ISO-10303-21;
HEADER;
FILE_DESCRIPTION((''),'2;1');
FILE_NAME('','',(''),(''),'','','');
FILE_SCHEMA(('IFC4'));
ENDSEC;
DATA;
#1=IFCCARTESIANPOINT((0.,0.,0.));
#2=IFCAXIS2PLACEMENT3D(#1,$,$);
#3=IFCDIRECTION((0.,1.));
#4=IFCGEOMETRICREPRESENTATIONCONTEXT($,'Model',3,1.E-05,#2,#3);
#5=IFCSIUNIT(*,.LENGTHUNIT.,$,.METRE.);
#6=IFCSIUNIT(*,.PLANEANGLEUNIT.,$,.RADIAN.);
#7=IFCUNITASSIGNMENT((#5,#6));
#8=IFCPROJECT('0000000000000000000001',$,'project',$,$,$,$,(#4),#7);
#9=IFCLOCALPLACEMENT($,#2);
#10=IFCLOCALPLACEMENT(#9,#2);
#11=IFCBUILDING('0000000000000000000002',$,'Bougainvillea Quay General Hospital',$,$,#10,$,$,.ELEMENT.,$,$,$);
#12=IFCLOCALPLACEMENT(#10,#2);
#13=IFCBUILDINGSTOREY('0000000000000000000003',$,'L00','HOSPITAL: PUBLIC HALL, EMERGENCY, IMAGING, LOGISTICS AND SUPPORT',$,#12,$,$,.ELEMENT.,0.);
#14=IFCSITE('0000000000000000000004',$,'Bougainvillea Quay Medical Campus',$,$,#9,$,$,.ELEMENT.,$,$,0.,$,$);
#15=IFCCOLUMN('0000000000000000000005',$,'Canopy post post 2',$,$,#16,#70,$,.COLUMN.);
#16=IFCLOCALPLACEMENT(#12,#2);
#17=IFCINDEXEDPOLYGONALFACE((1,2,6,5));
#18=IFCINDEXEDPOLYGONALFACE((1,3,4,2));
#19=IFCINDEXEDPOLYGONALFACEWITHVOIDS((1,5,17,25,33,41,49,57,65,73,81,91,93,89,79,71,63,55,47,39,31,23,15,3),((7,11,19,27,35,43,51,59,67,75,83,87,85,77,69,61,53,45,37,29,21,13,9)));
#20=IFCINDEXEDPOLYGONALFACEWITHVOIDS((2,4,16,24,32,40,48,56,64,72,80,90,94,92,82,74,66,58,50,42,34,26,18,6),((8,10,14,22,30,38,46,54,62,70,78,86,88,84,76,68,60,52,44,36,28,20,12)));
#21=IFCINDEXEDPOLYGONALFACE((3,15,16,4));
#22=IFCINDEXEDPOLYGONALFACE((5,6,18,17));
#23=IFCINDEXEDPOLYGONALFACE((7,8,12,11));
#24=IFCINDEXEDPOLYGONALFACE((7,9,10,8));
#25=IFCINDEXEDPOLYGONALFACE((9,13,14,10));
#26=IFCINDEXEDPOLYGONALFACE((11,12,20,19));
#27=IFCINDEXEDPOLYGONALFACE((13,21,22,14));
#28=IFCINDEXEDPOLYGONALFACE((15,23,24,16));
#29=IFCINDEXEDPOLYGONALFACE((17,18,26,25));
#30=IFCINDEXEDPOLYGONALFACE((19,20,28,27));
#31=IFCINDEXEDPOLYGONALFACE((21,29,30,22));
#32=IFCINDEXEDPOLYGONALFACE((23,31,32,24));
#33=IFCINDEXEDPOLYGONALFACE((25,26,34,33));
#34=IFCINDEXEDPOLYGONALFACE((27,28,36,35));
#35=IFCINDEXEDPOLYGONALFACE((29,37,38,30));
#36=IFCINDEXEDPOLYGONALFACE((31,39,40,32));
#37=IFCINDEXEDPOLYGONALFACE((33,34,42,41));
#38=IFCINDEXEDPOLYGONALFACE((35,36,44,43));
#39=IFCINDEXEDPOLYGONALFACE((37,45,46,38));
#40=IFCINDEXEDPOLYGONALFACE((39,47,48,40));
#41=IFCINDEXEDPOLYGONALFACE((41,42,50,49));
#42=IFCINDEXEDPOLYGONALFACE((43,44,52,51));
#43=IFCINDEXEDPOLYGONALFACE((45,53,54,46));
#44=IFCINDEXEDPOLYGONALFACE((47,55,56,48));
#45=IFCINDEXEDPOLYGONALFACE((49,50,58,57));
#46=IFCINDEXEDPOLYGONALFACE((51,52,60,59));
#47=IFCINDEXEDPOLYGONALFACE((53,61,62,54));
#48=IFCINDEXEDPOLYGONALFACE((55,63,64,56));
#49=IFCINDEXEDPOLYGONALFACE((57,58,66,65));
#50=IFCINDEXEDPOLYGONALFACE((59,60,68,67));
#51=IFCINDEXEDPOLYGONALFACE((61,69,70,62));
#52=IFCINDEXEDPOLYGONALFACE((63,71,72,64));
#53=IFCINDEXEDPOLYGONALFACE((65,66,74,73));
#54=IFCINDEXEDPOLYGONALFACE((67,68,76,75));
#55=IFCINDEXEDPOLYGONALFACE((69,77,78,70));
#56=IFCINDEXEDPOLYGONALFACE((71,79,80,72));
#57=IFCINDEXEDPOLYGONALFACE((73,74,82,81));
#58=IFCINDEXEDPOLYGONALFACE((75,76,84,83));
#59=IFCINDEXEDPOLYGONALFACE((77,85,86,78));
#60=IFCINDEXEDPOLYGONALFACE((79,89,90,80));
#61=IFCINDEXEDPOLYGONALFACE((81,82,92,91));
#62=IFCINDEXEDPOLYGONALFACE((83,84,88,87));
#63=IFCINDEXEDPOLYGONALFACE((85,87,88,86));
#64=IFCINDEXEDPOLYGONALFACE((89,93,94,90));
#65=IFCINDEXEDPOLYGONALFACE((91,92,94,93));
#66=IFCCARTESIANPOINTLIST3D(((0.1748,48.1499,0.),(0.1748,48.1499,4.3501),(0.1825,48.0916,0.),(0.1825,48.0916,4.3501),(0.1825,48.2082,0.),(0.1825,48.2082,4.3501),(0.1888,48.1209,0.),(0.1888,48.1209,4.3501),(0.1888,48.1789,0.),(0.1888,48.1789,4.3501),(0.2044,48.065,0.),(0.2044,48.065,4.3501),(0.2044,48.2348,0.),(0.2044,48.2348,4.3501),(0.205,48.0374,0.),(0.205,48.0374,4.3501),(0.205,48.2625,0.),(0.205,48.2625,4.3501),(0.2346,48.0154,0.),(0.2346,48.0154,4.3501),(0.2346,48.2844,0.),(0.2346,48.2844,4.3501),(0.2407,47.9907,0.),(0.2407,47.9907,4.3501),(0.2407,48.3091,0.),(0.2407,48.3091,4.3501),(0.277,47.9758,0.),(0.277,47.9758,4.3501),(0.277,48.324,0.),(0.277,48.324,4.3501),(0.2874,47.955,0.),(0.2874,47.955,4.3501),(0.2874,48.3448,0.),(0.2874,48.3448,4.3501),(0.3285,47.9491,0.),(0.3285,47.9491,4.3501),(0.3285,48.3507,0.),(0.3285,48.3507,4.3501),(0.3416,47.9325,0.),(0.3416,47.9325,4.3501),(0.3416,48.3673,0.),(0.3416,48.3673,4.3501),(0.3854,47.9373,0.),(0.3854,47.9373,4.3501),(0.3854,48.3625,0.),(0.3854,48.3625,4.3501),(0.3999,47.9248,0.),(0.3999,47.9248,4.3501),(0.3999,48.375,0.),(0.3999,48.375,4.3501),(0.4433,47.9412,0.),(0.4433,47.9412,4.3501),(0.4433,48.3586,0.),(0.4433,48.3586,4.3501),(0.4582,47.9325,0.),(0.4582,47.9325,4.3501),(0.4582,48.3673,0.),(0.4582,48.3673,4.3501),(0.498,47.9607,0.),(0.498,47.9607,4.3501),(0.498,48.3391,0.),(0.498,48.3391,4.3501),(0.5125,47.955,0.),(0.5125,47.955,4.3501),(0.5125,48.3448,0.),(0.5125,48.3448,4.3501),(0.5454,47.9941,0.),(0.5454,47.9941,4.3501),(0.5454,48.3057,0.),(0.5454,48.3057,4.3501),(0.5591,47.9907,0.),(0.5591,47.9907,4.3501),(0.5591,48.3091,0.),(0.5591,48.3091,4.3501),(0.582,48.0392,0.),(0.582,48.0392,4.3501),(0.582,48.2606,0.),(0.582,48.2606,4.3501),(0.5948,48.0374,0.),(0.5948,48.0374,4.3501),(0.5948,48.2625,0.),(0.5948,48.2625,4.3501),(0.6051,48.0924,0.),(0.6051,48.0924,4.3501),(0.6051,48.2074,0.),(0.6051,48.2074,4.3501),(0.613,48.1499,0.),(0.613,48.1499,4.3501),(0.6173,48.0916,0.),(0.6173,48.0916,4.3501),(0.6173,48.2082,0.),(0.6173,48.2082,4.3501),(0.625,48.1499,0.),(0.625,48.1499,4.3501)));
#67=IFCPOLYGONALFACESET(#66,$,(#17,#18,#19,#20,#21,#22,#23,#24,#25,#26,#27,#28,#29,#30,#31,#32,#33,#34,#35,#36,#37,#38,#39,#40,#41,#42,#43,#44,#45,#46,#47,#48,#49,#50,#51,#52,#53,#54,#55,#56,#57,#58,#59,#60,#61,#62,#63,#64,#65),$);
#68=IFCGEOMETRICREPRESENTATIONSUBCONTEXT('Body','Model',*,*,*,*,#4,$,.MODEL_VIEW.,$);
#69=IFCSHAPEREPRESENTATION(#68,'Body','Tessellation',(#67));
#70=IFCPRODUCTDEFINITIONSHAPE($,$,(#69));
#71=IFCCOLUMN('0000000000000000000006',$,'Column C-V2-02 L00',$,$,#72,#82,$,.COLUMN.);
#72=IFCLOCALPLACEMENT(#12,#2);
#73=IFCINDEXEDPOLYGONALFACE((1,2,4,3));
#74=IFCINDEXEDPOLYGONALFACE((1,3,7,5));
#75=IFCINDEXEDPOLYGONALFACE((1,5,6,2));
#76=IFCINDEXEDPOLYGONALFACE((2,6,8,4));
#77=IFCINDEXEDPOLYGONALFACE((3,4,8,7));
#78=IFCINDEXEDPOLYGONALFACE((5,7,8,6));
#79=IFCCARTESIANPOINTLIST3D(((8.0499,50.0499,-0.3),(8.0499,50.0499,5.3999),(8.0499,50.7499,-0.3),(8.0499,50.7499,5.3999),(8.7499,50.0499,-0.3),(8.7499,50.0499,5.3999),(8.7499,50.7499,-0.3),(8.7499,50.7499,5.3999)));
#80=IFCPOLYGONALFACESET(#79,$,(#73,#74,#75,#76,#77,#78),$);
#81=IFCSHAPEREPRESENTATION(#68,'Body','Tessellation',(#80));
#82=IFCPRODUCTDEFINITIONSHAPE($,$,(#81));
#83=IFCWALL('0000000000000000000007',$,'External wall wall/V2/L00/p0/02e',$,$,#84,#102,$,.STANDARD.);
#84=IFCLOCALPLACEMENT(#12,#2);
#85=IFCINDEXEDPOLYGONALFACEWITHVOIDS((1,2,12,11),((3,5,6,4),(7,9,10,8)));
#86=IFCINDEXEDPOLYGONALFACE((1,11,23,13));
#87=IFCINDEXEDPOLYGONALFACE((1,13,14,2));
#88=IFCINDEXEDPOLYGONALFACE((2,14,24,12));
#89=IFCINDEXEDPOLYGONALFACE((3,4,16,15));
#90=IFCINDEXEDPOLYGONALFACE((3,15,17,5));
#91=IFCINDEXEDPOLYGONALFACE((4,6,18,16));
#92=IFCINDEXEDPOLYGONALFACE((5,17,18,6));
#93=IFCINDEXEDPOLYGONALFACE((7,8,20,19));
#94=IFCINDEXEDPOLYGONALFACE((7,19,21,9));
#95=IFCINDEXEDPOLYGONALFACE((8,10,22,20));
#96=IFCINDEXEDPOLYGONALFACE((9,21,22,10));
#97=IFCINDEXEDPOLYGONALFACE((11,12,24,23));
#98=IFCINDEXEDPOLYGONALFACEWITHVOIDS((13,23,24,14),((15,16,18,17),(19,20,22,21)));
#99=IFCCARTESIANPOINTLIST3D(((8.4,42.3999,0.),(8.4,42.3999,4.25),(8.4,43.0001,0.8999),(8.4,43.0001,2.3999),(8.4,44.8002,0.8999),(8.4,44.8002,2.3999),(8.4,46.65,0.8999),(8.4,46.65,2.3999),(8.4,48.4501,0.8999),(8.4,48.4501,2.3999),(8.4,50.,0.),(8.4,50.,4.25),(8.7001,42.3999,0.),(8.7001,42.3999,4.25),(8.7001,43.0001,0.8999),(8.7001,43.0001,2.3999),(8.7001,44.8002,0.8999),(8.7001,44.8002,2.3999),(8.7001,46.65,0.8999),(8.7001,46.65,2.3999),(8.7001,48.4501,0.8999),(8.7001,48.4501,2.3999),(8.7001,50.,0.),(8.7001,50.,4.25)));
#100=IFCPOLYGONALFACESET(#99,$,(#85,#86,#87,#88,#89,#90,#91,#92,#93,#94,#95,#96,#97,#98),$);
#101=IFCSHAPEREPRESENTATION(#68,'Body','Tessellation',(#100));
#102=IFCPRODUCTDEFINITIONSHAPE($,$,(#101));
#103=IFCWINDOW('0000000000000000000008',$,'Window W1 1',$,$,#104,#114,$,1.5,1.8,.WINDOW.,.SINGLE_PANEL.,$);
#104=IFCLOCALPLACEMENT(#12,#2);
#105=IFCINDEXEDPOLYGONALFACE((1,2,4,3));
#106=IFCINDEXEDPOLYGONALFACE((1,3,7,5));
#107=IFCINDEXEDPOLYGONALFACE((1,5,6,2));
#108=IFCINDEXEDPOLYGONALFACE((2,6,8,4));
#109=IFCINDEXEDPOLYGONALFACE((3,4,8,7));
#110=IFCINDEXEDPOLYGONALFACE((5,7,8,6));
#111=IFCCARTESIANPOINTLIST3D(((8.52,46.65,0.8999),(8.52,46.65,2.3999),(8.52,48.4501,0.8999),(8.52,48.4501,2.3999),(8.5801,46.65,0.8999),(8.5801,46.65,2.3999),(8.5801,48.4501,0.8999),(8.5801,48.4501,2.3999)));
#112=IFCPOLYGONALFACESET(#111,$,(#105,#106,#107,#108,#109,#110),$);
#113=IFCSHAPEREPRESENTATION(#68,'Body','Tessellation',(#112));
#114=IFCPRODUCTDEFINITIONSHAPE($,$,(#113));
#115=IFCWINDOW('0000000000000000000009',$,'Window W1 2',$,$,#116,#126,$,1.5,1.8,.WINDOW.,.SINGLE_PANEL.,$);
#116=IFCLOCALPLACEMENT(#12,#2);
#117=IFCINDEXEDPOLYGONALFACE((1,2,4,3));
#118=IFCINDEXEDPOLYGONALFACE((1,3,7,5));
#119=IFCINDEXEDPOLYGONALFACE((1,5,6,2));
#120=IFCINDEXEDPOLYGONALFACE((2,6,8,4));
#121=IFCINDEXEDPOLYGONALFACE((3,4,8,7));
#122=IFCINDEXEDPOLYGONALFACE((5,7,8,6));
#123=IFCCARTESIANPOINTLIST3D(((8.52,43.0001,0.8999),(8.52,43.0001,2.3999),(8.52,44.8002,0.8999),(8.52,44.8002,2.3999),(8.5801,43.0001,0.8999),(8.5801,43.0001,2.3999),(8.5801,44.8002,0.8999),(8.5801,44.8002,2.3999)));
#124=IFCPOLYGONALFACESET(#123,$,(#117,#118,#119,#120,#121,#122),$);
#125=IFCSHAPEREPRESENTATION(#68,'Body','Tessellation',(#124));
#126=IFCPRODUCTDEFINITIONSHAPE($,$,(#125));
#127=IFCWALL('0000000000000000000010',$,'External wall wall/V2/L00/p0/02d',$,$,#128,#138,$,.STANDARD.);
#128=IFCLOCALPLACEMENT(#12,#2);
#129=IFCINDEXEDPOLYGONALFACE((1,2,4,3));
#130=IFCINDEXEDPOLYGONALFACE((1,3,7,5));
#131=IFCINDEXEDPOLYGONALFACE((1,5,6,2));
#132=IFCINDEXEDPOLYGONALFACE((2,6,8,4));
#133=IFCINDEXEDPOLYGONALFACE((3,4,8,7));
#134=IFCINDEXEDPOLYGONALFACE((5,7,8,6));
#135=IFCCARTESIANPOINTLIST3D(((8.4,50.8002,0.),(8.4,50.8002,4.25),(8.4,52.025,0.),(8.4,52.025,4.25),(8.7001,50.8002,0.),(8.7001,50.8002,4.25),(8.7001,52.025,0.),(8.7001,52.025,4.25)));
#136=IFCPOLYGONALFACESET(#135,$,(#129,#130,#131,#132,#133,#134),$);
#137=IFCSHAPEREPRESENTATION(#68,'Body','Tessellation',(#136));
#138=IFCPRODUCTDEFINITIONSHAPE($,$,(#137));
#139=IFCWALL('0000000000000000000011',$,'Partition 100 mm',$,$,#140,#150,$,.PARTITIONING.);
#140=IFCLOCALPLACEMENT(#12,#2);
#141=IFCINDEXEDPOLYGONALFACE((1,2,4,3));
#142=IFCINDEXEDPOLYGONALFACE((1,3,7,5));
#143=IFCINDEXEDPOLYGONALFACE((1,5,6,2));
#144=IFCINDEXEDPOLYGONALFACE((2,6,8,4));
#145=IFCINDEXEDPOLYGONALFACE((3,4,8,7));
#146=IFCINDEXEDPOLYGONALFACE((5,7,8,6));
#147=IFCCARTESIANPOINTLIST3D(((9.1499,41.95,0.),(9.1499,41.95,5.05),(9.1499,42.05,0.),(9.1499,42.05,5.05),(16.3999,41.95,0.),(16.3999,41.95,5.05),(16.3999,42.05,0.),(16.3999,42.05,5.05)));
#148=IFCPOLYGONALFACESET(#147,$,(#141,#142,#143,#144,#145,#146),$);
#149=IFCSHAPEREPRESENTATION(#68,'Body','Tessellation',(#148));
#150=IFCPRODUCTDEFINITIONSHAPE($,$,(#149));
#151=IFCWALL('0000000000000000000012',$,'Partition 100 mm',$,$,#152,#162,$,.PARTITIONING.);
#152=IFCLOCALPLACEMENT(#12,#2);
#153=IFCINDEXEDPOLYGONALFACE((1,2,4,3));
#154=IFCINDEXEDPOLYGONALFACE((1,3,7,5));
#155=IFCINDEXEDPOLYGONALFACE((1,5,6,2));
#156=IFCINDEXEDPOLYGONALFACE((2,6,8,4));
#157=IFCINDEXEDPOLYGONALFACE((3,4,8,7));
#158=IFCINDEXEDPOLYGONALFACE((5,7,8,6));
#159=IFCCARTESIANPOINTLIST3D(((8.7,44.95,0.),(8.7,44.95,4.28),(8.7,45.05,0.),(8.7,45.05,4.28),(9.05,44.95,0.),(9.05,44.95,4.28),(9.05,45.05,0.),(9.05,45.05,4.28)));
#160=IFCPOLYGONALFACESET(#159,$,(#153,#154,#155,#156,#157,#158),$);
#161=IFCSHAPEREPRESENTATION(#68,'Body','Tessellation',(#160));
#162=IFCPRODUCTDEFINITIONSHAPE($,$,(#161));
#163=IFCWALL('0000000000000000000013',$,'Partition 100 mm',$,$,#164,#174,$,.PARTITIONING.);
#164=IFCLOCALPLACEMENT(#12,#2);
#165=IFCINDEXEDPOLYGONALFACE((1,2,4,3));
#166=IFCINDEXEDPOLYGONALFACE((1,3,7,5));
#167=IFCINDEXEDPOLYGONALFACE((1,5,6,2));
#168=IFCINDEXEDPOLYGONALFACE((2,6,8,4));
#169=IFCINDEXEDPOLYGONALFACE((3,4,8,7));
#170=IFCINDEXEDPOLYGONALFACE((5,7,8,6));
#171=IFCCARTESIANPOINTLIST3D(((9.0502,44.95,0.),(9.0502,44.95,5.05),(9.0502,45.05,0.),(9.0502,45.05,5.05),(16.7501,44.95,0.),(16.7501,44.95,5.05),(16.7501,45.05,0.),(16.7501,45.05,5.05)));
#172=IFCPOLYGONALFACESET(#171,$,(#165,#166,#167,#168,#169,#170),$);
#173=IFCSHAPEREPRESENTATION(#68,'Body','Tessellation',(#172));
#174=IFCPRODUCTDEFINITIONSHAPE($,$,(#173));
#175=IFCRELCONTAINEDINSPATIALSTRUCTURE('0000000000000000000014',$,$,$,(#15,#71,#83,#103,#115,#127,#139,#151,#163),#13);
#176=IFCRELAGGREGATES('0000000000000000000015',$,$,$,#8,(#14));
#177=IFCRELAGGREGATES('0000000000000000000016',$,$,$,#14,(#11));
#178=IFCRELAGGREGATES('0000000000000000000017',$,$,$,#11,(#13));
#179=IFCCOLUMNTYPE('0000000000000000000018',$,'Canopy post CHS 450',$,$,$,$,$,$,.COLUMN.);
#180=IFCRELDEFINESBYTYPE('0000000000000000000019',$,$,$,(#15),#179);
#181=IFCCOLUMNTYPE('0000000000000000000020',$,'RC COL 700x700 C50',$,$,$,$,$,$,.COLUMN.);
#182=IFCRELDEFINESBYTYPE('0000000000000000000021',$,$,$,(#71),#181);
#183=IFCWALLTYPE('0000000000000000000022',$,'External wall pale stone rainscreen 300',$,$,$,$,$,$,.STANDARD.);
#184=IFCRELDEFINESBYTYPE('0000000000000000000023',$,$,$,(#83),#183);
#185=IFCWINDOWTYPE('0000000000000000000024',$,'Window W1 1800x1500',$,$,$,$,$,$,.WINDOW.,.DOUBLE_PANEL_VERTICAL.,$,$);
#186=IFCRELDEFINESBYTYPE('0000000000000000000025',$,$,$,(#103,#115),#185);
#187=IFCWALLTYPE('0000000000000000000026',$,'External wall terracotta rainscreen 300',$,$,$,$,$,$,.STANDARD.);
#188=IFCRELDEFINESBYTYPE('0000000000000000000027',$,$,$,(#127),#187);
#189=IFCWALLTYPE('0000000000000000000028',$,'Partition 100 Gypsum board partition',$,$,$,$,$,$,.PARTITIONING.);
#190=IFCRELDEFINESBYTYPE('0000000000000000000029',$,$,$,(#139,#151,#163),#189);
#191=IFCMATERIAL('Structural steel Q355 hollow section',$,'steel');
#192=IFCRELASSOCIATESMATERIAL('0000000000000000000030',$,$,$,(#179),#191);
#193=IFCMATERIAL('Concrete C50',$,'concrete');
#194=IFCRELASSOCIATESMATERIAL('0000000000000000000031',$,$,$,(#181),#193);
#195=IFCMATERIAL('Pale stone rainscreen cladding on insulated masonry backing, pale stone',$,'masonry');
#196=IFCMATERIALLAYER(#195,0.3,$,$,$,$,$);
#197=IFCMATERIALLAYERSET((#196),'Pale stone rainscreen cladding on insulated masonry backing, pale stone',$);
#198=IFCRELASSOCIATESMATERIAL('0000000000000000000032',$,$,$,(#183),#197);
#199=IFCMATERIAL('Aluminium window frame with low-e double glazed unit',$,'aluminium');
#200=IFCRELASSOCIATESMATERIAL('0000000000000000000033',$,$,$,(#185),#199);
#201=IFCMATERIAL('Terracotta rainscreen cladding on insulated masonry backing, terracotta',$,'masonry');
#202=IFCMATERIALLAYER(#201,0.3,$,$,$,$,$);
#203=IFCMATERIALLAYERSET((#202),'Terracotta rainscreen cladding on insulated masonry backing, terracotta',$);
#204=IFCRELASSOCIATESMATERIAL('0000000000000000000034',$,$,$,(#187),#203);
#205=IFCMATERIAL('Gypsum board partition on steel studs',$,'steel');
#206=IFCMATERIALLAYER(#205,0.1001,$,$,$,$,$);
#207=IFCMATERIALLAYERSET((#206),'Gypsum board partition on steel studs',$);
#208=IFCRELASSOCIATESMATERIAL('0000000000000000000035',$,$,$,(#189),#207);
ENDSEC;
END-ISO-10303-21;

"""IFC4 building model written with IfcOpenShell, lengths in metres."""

from ifc_helpers import new_model, si_unit, direction, frame, frame_2d, origin, origin_2d, place, context, subcontext, project, spatial, rectangle, hollow_circle, extrude, material, layer, layer_set, material_profile, profile_set, type_object, element, fill, save


model = new_model("IFC4")

# Units and contexts
model_context = context("Model", 3, precision=1e-05, world=origin(), true_north=direction((0.0, 1.0)))
body_context = subcontext(model_context, "Body", "Model", "MODEL_VIEW")
ifc_project = project(units=[si_unit("LENGTHUNIT", "METRE"), si_unit("PLANEANGLEUNIT", "RADIAN")], contexts=[model_context])

# Site, building, storey
site_placement = place(None, origin())
site = spatial("IfcSite", under=ifc_project, at=site_placement, Name="Bougainvillea Quay Medical Campus", CompositionType="ELEMENT", RefElevation=0.0)
building_placement = place(site_placement, origin())
building = spatial("IfcBuilding", under=site, at=building_placement, Name="Bougainvillea Quay General Hospital", CompositionType="ELEMENT")
storey_placement = place(building_placement, origin())
storey = spatial("IfcBuildingStorey", under=building, at=storey_placement, Name="L00", Description="HOSPITAL: PUBLIC HALL, EMERGENCY, IMAGING, LOGISTICS AND SUPPORT", CompositionType="ELEMENT", Elevation=0.0)

# Columns
ifc_material_1 = material(Name="Structural steel Q355 hollow section", Category="steel")
ifc_material_profile_1 = material_profile(ifc_material_1, hollow_circle(Radius=0.2251, WallThickness=0.012, at=origin_2d()))
ifc_profile_set_1 = profile_set([ifc_material_profile_1], Name="Structural steel Q355 hollow section")
column_type_1 = type_object("IfcColumnType", Name="Canopy post CHS 450", PredefinedType="COLUMN", material=ifc_profile_set_1)
column_1_placement = place(storey_placement, frame((0.3999, 48.1499, 0.0), z_axis=(0.0, 0.0, 1.0), x_axis=(1.0, 0.0, 0.0)))
element("IfcColumn", 1, at=column_1_placement, inside=storey, type_object=column_type_1, Name="Canopy post post 2", PredefinedType="COLUMN", context=body_context, shape_type="SweptSolid", body=[
    extrude(hollow_circle(Radius=0.2251, WallThickness=0.012, at=origin_2d()), origin(), (0.0, 0.0, 1.0), 4.3501),
])
ifc_material_2 = material(Name="Concrete C50", Category="concrete")
ifc_material_profile_2 = material_profile(ifc_material_2, rectangle(XDim=0.7, YDim=0.7, at=origin_2d()))
ifc_profile_set_2 = profile_set([ifc_material_profile_2], Name="Concrete C50")
column_type_2 = type_object("IfcColumnType", Name="RC COL 700x700 C50", PredefinedType="COLUMN", material=ifc_profile_set_2)
column_2_placement = place(storey_placement, frame((8.3999, 50.3999, -0.3), z_axis=(0.0, 0.0, 1.0), x_axis=(1.0, 0.0, 0.0)))
element("IfcColumn", 2, at=column_2_placement, inside=storey, type_object=column_type_2, Name="Column C-V2-02 L00", PredefinedType="COLUMN", context=body_context, shape_type="SweptSolid", body=[
    extrude(rectangle(XDim=0.7, YDim=0.7, at=origin_2d()), origin(), (0.0, 0.0, 1.0), 5.7),
])

# Wall, openings, windows
ifc_material_3 = material(Name="Pale stone rainscreen cladding on insulated masonry backing, pale stone", Category="masonry")
ifc_layer_1 = layer(ifc_material_3, 0.3)
ifc_layer_set_1 = layer_set([ifc_layer_1], Name="Pale stone rainscreen cladding on insulated masonry backing, pale stone")
wall_type_1 = type_object("IfcWallType", Name="External wall pale stone rainscreen 300", PredefinedType="STANDARD", material=ifc_layer_set_1)
wall_1_placement = place(storey_placement, frame((8.55, 50.0, 0.0), z_axis=(0.0, 0.0, 1.0), x_axis=(0.0, -1.0, 0.0)))
wall_1 = element("IfcWall", 3, at=wall_1_placement, inside=storey, type_object=wall_type_1, Name="External wall wall/V2/L00/p0/02e", PredefinedType="STANDARD", context=body_context, shape_type="SweptSolid", body=[
    extrude(rectangle(XDim=7.6001, YDim=0.3, at=frame_2d((3.8, 0.0))), origin(), (0.0, 0.0, 1.0), 4.25),
])
opening_1_placement = place(wall_1_placement, frame((1.55, 0.0, 0.8999)))
opening_1 = element("IfcOpeningElement", 4, at=opening_1_placement, cuts=wall_1, PredefinedType="OPENING", context=body_context, shape_type="SweptSolid", body=[
    extrude(rectangle(XDim=1.8, YDim=1.5, at=frame_2d((0.8999, 0.75))), frame((0.0, 0.1599, 0.0), z_axis=(0.0, -1.0, 0.0), x_axis=(1.0, 0.0, 0.0)), (0.0, 0.0, 1.0), 0.3201),
])
opening_2_placement = place(wall_1_placement, frame((5.2, 0.0, 0.8999)))
opening_2 = element("IfcOpeningElement", 5, at=opening_2_placement, cuts=wall_1, PredefinedType="OPENING", context=body_context, shape_type="SweptSolid", body=[
    extrude(rectangle(XDim=1.8, YDim=1.5, at=frame_2d((0.8999, 0.75))), frame((0.0, 0.1599, 0.0), z_axis=(0.0, -1.0, 0.0), x_axis=(1.0, 0.0, 0.0)), (0.0, 0.0, 1.0), 0.3201),
])
ifc_material_4 = material(Name="Aluminium window frame with low-e double glazed unit", Category="aluminium")
window_type = type_object("IfcWindowType", Name="Window W1 1800x1500", PartitioningType="DOUBLE_PANEL_VERTICAL", PredefinedType="WINDOW", material=ifc_material_4)
window_1_placement = place(opening_1_placement, origin())
window_1 = element("IfcWindow", 6, at=window_1_placement, inside=storey, type_object=window_type, Name="Window W1 1", OverallHeight=1.5, OverallWidth=1.8, PartitioningType="SINGLE_PANEL", PredefinedType="WINDOW", context=body_context, shape_type="SweptSolid", body=[
    extrude(rectangle(XDim=1.8, YDim=1.5, at=frame_2d((0.8999, 0.75))), frame((0.0, 0.03, 0.0), z_axis=(0.0, -1.0, 0.0), x_axis=(1.0, 0.0, 0.0)), (0.0, 0.0, 1.0), 0.0601),
])
fill(opening_1, window_1)
window_2_placement = place(opening_2_placement, origin())
window_2 = element("IfcWindow", 7, at=window_2_placement, inside=storey, type_object=window_type, Name="Window W1 2", OverallHeight=1.5, OverallWidth=1.8, PartitioningType="SINGLE_PANEL", PredefinedType="WINDOW", context=body_context, shape_type="SweptSolid", body=[
    extrude(rectangle(XDim=1.8, YDim=1.5, at=frame_2d((0.8999, 0.75))), frame((0.0, 0.03, 0.0), z_axis=(0.0, -1.0, 0.0), x_axis=(1.0, 0.0, 0.0)), (0.0, 0.0, 1.0), 0.0601),
])
fill(opening_2, window_2)

# Walls
ifc_material_5 = material(Name="Terracotta rainscreen cladding on insulated masonry backing, terracotta", Category="masonry")
ifc_layer_2 = layer(ifc_material_5, 0.3)
ifc_layer_set_2 = layer_set([ifc_layer_2], Name="Terracotta rainscreen cladding on insulated masonry backing, terracotta")
wall_type_2 = type_object("IfcWallType", Name="External wall terracotta rainscreen 300", PredefinedType="STANDARD", material=ifc_layer_set_2)
wall_2_placement = place(storey_placement, frame((8.55, 52.0249, 0.0), z_axis=(0.0, 0.0, 1.0), x_axis=(0.0, -1.0, 0.0)))
element("IfcWall", 8, at=wall_2_placement, inside=storey, type_object=wall_type_2, Name="External wall wall/V2/L00/p0/02d", PredefinedType="STANDARD", context=body_context, shape_type="SweptSolid", body=[
    extrude(rectangle(XDim=1.2249, YDim=0.3, at=frame_2d((0.6123, 0.0))), origin(), (0.0, 0.0, 1.0), 4.25),
])
ifc_material_6 = material(Name="Gypsum board partition on steel studs", Category="steel")
ifc_layer_3 = layer(ifc_material_6, 0.1001)
ifc_layer_set_3 = layer_set([ifc_layer_3], Name="Gypsum board partition on steel studs")
wall_type_3 = type_object("IfcWallType", Name="Partition 100 Gypsum board partition", PredefinedType="PARTITIONING", material=ifc_layer_set_3)
wall_3_placement = place(storey_placement, frame((9.1499, 42.0, 0.0), z_axis=(0.0, 0.0, 1.0), x_axis=(1.0, 0.0, 0.0)))
element("IfcWall", 9, at=wall_3_placement, inside=storey, type_object=wall_type_3, Name="Partition 100 mm", PredefinedType="PARTITIONING", context=body_context, shape_type="SweptSolid", body=[
    extrude(rectangle(XDim=7.25, YDim=0.1001, at=frame_2d((3.625, 0.0))), origin(), (0.0, 0.0, 1.0), 5.05),
])
wall_4_placement = place(storey_placement, frame((8.7, 45.0, 0.0), z_axis=(0.0, 0.0, 1.0), x_axis=(1.0, 0.0, 0.0)))
element("IfcWall", 10, at=wall_4_placement, inside=storey, type_object=wall_type_3, Name="Partition 100 mm", PredefinedType="PARTITIONING", context=body_context, shape_type="SweptSolid", body=[
    extrude(rectangle(XDim=0.3501, YDim=0.1001, at=frame_2d((0.175, 0.0))), origin(), (0.0, 0.0, 1.0), 4.28),
])
wall_5_placement = place(storey_placement, frame((9.05, 45.0, 0.0), z_axis=(0.0, 0.0, 1.0), x_axis=(1.0, 0.0, 0.0)))
element("IfcWall", 11, at=wall_5_placement, inside=storey, type_object=wall_type_3, Name="Partition 100 mm", PredefinedType="PARTITIONING", context=body_context, shape_type="SweptSolid", body=[
    extrude(rectangle(XDim=7.7, YDim=0.1001, at=frame_2d((3.8501, 0.0))), origin(), (0.0, 0.0, 1.0), 5.05),
])

save(model, "model.ifc")
